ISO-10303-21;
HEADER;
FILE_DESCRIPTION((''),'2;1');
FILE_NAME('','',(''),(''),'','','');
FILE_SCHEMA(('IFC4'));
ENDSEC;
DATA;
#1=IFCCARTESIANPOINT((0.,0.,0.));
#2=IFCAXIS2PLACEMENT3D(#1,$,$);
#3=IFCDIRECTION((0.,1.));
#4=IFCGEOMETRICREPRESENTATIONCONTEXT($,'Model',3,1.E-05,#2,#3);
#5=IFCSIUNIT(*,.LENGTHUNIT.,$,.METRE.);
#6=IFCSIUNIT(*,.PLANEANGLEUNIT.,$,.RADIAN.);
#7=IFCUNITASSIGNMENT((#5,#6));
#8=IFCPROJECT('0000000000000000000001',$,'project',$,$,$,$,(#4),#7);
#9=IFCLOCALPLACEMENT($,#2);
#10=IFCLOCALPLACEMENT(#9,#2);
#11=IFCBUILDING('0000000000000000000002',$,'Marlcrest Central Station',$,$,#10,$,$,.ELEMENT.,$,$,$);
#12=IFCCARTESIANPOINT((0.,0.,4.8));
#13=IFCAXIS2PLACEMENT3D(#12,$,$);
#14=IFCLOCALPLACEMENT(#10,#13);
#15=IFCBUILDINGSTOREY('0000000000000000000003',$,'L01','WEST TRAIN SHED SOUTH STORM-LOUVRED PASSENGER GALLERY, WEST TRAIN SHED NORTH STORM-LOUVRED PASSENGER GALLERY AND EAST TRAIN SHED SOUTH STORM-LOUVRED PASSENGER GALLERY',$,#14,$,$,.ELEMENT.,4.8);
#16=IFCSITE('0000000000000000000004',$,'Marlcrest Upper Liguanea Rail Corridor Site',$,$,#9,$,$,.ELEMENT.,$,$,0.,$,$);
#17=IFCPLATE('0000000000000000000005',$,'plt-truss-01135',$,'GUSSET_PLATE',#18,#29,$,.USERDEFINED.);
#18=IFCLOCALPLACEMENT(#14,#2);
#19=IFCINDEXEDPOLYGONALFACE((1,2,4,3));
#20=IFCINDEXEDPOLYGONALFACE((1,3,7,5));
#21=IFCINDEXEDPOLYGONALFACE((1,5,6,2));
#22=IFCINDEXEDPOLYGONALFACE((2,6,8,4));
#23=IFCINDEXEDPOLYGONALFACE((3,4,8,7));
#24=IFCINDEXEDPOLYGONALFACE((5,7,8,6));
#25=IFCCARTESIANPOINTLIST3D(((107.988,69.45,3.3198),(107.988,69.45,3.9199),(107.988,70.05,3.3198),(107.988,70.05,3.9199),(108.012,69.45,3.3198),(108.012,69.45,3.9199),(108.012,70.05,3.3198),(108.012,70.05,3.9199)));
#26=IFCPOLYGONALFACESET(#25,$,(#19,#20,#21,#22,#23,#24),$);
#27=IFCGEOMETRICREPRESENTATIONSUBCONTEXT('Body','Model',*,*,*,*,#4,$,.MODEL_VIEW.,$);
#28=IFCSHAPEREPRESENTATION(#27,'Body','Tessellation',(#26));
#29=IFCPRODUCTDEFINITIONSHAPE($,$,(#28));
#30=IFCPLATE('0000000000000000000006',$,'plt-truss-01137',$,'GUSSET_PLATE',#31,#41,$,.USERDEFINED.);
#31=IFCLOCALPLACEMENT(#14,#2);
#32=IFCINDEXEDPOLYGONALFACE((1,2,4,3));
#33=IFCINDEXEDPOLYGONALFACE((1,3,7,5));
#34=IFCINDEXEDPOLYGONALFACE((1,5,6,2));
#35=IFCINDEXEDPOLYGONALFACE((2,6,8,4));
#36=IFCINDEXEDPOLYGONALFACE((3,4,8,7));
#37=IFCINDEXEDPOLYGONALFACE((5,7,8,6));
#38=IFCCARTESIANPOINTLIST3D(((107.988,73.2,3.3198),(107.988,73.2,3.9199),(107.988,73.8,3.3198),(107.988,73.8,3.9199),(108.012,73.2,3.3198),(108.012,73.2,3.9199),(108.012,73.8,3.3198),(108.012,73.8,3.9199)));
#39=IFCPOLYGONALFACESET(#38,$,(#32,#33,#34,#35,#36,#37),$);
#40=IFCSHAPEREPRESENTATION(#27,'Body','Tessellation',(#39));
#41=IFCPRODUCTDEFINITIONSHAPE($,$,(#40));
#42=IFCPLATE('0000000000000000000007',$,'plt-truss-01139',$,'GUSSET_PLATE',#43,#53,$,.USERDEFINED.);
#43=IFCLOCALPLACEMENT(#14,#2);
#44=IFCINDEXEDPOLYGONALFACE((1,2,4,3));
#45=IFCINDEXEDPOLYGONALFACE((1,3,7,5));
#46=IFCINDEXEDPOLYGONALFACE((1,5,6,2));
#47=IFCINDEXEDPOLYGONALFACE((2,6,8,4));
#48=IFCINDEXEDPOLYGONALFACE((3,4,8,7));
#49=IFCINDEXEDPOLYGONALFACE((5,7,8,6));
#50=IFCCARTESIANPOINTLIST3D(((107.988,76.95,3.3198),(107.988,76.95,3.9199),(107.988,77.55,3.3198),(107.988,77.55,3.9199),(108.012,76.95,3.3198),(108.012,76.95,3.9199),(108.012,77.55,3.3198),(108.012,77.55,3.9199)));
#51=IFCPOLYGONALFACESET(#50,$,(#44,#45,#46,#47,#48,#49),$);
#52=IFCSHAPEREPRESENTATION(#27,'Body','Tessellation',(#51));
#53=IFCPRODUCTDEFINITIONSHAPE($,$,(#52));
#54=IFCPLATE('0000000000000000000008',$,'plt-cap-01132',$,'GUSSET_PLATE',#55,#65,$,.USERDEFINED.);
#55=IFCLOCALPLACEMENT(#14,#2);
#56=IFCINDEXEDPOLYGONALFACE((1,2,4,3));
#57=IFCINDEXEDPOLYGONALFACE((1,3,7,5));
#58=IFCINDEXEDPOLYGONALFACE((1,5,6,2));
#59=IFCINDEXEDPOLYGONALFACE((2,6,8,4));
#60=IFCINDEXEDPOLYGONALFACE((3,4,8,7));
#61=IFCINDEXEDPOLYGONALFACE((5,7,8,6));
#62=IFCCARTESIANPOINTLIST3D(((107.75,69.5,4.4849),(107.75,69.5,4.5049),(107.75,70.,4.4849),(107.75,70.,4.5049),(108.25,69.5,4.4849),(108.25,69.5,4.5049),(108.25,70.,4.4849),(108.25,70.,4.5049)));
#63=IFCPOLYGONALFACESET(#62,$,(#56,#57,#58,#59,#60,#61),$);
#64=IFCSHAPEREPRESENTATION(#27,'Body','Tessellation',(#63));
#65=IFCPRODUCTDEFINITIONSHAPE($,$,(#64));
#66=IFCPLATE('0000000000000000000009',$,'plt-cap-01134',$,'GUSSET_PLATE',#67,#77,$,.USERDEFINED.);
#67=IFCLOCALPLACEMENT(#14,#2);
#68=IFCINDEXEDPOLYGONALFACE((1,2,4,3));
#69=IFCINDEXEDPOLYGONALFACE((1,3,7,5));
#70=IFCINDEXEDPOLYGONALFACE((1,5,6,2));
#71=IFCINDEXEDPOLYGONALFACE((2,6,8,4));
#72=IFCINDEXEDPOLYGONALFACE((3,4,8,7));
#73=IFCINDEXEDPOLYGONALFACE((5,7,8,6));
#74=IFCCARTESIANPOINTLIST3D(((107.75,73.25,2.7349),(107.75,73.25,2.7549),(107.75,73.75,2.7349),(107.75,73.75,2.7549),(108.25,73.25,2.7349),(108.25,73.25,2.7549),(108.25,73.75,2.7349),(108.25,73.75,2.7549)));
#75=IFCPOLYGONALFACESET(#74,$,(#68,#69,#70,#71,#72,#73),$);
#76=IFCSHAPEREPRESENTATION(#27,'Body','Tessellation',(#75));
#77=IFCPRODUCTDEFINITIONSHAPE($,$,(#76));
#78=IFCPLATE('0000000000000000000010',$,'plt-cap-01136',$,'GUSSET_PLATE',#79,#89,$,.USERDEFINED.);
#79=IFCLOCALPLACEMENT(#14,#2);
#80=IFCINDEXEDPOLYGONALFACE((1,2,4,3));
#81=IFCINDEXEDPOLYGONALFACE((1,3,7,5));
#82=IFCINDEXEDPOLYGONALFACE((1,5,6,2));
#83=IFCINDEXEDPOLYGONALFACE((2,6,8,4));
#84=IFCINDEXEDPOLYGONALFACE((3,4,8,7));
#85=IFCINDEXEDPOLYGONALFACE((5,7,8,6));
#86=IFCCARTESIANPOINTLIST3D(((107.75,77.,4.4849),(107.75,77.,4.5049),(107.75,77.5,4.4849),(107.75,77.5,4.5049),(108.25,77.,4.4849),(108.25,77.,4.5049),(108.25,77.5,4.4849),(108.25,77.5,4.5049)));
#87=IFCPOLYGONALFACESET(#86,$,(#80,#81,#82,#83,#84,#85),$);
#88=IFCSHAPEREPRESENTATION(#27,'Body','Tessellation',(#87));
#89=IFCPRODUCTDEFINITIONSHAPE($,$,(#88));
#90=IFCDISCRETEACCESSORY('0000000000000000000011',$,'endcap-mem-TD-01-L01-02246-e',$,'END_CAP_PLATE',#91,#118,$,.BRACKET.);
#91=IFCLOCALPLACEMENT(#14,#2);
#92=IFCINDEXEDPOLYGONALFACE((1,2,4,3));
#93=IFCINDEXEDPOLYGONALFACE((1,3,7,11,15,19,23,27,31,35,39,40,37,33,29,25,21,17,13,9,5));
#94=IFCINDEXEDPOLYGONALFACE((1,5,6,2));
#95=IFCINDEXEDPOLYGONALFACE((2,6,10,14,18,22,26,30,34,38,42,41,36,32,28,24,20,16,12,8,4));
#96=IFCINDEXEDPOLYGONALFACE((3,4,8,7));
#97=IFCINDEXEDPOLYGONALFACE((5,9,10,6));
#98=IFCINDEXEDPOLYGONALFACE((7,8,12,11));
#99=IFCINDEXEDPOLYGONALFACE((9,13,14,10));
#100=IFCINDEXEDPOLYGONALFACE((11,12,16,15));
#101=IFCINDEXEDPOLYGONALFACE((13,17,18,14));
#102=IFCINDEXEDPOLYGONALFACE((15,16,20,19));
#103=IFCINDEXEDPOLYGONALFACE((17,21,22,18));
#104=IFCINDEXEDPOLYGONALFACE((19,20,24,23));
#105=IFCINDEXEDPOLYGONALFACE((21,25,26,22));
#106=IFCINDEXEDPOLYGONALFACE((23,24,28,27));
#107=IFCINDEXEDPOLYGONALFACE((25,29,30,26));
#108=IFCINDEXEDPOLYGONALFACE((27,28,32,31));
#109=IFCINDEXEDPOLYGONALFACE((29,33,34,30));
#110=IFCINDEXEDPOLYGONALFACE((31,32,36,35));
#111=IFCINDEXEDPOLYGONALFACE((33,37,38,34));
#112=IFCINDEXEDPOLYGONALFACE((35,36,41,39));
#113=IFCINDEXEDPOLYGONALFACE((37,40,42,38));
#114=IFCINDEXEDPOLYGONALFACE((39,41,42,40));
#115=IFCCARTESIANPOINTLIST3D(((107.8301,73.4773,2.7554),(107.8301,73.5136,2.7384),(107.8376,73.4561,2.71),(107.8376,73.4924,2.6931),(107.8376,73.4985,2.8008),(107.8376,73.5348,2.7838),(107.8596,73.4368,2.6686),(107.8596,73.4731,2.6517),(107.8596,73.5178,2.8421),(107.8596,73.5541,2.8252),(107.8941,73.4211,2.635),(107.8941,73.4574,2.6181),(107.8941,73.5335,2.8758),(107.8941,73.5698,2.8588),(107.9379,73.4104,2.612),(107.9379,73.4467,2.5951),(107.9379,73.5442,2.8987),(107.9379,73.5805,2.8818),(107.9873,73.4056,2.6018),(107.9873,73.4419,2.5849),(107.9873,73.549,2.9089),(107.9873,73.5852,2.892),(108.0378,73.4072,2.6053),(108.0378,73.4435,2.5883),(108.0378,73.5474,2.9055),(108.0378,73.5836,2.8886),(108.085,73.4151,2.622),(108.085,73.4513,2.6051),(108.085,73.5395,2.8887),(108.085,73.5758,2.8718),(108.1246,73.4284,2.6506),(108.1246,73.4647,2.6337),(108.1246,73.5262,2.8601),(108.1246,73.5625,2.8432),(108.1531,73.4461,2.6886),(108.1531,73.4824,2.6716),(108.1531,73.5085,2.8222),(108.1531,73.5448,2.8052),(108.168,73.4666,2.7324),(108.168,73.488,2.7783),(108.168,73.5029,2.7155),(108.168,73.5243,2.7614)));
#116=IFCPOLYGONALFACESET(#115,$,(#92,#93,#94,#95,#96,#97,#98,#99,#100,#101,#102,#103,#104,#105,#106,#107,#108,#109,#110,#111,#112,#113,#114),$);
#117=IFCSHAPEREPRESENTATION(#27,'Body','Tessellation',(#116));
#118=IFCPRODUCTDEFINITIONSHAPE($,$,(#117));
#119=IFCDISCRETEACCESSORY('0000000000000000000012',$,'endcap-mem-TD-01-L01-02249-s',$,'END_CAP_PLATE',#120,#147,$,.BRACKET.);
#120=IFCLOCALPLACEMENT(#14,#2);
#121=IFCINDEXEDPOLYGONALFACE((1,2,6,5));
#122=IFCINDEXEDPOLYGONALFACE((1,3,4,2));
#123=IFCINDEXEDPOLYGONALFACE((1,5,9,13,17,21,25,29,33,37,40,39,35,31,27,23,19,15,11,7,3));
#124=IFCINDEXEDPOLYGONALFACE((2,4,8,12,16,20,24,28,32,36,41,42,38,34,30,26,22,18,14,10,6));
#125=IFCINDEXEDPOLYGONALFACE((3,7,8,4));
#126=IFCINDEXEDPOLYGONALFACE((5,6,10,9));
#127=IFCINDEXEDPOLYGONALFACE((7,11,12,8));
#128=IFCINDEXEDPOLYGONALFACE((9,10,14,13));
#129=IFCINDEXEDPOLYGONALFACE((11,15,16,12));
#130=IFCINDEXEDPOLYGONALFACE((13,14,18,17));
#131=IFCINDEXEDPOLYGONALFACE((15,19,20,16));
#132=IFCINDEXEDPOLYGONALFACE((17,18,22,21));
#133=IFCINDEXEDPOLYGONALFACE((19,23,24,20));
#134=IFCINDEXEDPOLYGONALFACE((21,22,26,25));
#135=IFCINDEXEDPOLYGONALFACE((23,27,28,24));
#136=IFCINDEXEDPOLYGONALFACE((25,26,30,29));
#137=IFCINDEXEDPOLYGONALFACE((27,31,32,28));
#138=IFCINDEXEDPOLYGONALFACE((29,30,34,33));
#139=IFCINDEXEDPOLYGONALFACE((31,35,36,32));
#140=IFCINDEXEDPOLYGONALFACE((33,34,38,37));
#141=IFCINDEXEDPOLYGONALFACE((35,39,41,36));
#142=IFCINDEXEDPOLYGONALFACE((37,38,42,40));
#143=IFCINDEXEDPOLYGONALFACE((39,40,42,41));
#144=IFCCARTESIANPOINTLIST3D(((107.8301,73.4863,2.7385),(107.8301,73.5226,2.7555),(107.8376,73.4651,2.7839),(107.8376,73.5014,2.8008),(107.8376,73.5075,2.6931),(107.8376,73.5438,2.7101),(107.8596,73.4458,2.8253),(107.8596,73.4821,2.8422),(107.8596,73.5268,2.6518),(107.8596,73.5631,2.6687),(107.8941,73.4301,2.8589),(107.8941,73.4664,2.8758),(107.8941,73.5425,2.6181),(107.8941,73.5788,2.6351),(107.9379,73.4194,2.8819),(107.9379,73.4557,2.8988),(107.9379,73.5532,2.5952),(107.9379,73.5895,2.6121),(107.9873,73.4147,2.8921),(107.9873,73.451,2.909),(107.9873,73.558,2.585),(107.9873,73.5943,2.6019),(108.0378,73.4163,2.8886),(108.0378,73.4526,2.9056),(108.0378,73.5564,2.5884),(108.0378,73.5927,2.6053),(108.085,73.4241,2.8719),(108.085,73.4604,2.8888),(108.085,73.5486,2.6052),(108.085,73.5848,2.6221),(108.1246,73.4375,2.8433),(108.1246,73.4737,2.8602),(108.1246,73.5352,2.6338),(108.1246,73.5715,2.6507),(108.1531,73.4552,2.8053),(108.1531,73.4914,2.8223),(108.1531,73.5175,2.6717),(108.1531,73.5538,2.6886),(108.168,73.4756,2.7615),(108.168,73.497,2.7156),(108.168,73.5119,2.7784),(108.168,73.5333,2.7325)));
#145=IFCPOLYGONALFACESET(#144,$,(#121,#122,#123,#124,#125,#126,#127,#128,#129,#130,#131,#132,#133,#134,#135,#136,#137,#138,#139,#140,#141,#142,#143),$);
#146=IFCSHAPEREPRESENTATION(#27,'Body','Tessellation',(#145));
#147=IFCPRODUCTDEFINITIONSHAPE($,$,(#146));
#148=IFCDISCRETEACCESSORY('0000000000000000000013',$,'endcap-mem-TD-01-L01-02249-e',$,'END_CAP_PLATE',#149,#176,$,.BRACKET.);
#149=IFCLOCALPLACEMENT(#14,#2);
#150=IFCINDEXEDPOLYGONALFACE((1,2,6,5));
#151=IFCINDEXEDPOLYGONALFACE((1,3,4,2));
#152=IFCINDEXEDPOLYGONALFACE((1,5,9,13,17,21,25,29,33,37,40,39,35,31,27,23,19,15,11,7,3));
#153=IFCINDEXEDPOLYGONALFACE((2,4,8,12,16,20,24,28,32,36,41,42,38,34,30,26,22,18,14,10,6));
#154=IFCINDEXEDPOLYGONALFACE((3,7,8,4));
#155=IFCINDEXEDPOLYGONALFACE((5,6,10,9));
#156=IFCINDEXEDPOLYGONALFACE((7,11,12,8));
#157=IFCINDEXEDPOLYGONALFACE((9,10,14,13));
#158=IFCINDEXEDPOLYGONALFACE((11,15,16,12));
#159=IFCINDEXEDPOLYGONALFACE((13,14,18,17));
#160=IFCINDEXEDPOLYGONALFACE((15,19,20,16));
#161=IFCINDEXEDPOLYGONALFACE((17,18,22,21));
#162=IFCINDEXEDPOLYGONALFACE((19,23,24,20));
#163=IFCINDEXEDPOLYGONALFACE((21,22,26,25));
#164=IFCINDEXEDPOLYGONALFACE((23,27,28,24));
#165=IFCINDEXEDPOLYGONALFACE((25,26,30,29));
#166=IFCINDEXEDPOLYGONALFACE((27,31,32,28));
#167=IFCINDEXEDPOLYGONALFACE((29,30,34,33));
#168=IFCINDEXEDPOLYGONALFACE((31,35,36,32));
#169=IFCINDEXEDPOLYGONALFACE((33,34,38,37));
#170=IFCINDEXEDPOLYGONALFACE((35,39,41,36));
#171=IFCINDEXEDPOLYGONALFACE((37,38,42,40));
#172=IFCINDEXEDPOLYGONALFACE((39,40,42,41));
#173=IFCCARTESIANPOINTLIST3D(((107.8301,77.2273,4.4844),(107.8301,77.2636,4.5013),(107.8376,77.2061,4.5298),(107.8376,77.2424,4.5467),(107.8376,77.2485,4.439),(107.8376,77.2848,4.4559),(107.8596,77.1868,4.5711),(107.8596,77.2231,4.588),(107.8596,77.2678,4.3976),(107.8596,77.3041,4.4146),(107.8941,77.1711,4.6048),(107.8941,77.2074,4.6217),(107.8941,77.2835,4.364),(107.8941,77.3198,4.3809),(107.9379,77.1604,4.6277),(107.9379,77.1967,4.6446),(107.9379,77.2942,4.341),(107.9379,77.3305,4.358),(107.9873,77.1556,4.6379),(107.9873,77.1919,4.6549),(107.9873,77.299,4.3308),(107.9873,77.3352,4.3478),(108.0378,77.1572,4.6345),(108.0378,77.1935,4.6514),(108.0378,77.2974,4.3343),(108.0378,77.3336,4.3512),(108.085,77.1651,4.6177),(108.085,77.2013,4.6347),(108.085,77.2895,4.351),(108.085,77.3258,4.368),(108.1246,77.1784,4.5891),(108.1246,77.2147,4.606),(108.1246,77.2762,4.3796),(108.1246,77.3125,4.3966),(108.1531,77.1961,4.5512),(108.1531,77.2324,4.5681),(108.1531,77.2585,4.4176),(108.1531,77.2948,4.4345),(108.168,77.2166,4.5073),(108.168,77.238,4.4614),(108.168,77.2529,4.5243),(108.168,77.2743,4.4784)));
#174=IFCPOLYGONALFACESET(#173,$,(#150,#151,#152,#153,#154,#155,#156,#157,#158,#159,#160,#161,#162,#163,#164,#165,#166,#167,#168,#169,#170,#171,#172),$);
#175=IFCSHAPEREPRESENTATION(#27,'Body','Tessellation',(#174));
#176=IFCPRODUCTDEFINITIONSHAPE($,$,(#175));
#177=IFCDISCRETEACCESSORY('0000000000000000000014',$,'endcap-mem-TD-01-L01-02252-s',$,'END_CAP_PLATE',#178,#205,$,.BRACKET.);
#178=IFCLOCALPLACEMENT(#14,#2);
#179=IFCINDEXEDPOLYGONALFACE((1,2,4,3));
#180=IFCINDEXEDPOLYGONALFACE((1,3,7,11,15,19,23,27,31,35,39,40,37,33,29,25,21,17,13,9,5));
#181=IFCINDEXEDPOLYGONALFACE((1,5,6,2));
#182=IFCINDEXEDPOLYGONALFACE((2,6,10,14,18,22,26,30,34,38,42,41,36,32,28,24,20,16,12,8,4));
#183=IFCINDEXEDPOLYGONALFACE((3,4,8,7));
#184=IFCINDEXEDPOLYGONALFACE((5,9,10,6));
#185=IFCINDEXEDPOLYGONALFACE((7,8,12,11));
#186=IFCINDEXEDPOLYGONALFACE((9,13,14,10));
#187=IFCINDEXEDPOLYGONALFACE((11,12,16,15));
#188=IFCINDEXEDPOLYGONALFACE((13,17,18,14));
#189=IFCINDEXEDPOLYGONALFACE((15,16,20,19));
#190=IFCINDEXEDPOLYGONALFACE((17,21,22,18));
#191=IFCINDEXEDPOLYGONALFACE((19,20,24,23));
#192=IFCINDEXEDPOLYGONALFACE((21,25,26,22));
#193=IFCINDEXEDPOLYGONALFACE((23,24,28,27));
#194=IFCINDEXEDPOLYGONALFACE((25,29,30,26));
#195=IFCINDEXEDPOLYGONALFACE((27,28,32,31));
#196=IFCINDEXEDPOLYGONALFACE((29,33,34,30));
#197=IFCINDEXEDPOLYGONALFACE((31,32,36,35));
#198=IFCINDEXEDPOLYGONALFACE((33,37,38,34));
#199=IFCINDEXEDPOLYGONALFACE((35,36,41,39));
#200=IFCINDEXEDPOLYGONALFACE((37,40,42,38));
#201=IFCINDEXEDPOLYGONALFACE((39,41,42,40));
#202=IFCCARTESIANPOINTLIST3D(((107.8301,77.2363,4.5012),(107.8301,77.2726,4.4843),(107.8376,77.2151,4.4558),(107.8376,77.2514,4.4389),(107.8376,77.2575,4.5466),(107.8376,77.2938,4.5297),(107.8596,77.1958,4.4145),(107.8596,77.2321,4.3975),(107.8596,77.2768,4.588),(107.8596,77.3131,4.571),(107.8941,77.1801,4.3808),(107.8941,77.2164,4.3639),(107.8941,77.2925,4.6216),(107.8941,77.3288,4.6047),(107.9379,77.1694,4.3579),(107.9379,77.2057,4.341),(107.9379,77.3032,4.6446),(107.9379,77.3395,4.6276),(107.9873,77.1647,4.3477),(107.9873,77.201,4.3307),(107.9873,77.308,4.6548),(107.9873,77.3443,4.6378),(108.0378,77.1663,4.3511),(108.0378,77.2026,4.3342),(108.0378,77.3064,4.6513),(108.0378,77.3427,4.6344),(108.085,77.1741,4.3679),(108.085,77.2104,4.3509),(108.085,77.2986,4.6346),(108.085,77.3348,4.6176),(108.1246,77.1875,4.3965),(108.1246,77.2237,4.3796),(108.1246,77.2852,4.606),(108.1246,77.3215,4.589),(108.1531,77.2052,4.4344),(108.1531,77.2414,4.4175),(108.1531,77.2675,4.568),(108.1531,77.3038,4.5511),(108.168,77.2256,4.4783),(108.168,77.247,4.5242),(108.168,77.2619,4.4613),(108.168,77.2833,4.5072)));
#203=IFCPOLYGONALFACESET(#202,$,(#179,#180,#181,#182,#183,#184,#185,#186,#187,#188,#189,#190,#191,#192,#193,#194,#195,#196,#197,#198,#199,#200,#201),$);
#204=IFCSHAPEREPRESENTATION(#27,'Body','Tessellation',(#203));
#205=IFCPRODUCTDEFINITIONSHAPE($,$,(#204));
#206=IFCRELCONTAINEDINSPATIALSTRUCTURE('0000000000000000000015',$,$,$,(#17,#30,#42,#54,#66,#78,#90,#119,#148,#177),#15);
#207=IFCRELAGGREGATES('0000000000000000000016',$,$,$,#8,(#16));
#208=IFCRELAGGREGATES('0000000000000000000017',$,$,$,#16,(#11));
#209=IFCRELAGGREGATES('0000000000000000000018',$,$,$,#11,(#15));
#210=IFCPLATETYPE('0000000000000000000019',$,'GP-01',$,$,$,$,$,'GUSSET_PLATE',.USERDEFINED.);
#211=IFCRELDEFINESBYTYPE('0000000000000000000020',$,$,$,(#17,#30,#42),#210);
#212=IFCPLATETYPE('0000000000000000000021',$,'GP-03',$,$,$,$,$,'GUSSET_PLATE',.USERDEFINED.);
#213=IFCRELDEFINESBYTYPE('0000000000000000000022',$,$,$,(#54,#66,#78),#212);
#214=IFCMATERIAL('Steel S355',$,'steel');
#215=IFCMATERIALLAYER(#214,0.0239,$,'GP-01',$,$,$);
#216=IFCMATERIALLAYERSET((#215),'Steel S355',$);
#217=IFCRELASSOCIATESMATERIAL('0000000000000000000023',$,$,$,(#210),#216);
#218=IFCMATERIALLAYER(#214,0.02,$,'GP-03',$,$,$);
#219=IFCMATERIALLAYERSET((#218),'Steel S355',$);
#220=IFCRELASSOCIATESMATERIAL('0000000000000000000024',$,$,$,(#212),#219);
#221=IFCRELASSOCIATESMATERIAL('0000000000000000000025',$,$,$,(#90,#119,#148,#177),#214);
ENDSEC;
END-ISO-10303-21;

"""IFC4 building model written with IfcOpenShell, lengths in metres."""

from ifc_helpers import new_model, si_unit, direction, frame, origin, origin_2d, place, context, subcontext, project, spatial, rectangle, circle, extrude, material, layer, layer_set, type_object, element, save


model = new_model("IFC4")

# Units and contexts
model_context = context("Model", 3, precision=1e-05, world=origin(), true_north=direction((0.0, 1.0)))
body_context = subcontext(model_context, "Body", "Model", "MODEL_VIEW")
ifc_project = project(units=[si_unit("LENGTHUNIT", "METRE"), si_unit("PLANEANGLEUNIT", "RADIAN")], contexts=[model_context])

# Site, building, storey
site_placement = place(None, origin())
site = spatial("IfcSite", under=ifc_project, at=site_placement, Name="Marlcrest Upper Liguanea Rail Corridor Site", CompositionType="ELEMENT", RefElevation=0.0)
building_placement = place(site_placement, origin())
building = spatial("IfcBuilding", under=site, at=building_placement, Name="Marlcrest Central Station", CompositionType="ELEMENT")
storey_placement = place(building_placement, frame((0.0, 0.0, 4.8)))
storey = spatial("IfcBuildingStorey", under=building, at=storey_placement, Name="L01", Description="WEST TRAIN SHED SOUTH STORM-LOUVRED PASSENGER GALLERY, WEST TRAIN SHED NORTH STORM-LOUVRED PASSENGER GALLERY AND EAST TRAIN SHED SOUTH STORM-LOUVRED PASSENGER GALLERY", CompositionType="ELEMENT", Elevation=4.8)

# Shared definitions
ifc_material = material(Name="Steel S355", Category="steel")

# Plates
ifc_layer_1 = layer(ifc_material, 0.0239, Name="GP-01")
ifc_layer_set_1 = layer_set([ifc_layer_1], Name="Steel S355")
plate_type_1 = type_object("IfcPlateType", Name="GP-01", ElementType="GUSSET_PLATE", PredefinedType="USERDEFINED", material=ifc_layer_set_1)
for number, where, z_axis, x_axis, name in (
    (1, (108.0, 69.75, 3.3198), (0.0, 0.0, 1.0), (1.0, 0.0, 0.0), "plt-truss-01135"),
    (2, (108.0, 73.5, 3.3198), (0.0, 0.0, 1.0), (1.0, 0.0, 0.0), "plt-truss-01137"),
    (3, (108.0, 77.25, 3.3198), (0.0, 0.0, 1.0), (1.0, 0.0, 0.0), "plt-truss-01139"),
):
    element("IfcPlate", number, at=place(storey_placement, frame(where, z_axis=z_axis, x_axis=x_axis)), inside=storey, type_object=plate_type_1, Name=name, ObjectType="GUSSET_PLATE", PredefinedType="USERDEFINED", context=body_context, shape_type="SweptSolid", body=[
        extrude(rectangle(XDim=0.0239, YDim=0.6001, at=origin_2d()), origin(), (0.0, 0.0, 1.0), 0.6001),
    ])
ifc_layer_2 = layer(ifc_material, 0.02, Name="GP-03")
ifc_layer_set_2 = layer_set([ifc_layer_2], Name="Steel S355")
plate_type_2 = type_object("IfcPlateType", Name="GP-03", ElementType="GUSSET_PLATE", PredefinedType="USERDEFINED", material=ifc_layer_set_2)
for number, where, z_axis, x_axis, name in (
    (4, (108.0, 69.75, 4.4849), (0.0, 0.0, 1.0), (1.0, 0.0, 0.0), "plt-cap-01132"),
    (5, (108.0, 73.5, 2.7349), (0.0, 0.0, 1.0), (1.0, 0.0, 0.0), "plt-cap-01134"),
    (6, (108.0, 77.25, 4.4849), (0.0, 0.0, 1.0), (1.0, 0.0, 0.0), "plt-cap-01136"),
):
    element("IfcPlate", number, at=place(storey_placement, frame(where, z_axis=z_axis, x_axis=x_axis)), inside=storey, type_object=plate_type_2, Name=name, ObjectType="GUSSET_PLATE", PredefinedType="USERDEFINED", context=body_context, shape_type="SweptSolid", body=[
        extrude(rectangle(XDim=0.5, YDim=0.5, at=origin_2d()), origin(), (0.0, 0.0, 1.0), 0.02),
    ])

# Discrete accessories
for number, where, z_axis, x_axis, name in (
    (7, (108.0, 73.4773, 2.7554), (0.0, 0.906183, -0.422885), (-1.0, 0.0, 0.0), "endcap-mem-TD-01-L01-02246-e"),
    (8, (108.0, 73.4863, 2.7385), (0.0, 0.906183, 0.422885), (-1.0, 0.0, 0.0), "endcap-mem-TD-01-L01-02249-s"),
    (9, (108.0, 77.2273, 4.4844), (0.0, 0.906183, 0.422885), (-1.0, 0.0, 0.0), "endcap-mem-TD-01-L01-02249-e"),
    (10, (108.0, 77.2363, 4.5012), (0.0, 0.906183, -0.422885), (-1.0, 0.0, 0.0), "endcap-mem-TD-01-L01-02252-s"),
):
    element("IfcDiscreteAccessory", number, at=place(storey_placement, frame(where, z_axis=z_axis, x_axis=x_axis)), inside=storey, material=ifc_material, Name=name, ObjectType="END_CAP_PLATE", PredefinedType="BRACKET", context=body_context, shape_type="SweptSolid", body=[
        extrude(circle(Radius=0.1699, at=origin_2d()), origin(), (0.0, 0.0, 1.0), 0.04),
    ])

save(model, "model.ifc")
